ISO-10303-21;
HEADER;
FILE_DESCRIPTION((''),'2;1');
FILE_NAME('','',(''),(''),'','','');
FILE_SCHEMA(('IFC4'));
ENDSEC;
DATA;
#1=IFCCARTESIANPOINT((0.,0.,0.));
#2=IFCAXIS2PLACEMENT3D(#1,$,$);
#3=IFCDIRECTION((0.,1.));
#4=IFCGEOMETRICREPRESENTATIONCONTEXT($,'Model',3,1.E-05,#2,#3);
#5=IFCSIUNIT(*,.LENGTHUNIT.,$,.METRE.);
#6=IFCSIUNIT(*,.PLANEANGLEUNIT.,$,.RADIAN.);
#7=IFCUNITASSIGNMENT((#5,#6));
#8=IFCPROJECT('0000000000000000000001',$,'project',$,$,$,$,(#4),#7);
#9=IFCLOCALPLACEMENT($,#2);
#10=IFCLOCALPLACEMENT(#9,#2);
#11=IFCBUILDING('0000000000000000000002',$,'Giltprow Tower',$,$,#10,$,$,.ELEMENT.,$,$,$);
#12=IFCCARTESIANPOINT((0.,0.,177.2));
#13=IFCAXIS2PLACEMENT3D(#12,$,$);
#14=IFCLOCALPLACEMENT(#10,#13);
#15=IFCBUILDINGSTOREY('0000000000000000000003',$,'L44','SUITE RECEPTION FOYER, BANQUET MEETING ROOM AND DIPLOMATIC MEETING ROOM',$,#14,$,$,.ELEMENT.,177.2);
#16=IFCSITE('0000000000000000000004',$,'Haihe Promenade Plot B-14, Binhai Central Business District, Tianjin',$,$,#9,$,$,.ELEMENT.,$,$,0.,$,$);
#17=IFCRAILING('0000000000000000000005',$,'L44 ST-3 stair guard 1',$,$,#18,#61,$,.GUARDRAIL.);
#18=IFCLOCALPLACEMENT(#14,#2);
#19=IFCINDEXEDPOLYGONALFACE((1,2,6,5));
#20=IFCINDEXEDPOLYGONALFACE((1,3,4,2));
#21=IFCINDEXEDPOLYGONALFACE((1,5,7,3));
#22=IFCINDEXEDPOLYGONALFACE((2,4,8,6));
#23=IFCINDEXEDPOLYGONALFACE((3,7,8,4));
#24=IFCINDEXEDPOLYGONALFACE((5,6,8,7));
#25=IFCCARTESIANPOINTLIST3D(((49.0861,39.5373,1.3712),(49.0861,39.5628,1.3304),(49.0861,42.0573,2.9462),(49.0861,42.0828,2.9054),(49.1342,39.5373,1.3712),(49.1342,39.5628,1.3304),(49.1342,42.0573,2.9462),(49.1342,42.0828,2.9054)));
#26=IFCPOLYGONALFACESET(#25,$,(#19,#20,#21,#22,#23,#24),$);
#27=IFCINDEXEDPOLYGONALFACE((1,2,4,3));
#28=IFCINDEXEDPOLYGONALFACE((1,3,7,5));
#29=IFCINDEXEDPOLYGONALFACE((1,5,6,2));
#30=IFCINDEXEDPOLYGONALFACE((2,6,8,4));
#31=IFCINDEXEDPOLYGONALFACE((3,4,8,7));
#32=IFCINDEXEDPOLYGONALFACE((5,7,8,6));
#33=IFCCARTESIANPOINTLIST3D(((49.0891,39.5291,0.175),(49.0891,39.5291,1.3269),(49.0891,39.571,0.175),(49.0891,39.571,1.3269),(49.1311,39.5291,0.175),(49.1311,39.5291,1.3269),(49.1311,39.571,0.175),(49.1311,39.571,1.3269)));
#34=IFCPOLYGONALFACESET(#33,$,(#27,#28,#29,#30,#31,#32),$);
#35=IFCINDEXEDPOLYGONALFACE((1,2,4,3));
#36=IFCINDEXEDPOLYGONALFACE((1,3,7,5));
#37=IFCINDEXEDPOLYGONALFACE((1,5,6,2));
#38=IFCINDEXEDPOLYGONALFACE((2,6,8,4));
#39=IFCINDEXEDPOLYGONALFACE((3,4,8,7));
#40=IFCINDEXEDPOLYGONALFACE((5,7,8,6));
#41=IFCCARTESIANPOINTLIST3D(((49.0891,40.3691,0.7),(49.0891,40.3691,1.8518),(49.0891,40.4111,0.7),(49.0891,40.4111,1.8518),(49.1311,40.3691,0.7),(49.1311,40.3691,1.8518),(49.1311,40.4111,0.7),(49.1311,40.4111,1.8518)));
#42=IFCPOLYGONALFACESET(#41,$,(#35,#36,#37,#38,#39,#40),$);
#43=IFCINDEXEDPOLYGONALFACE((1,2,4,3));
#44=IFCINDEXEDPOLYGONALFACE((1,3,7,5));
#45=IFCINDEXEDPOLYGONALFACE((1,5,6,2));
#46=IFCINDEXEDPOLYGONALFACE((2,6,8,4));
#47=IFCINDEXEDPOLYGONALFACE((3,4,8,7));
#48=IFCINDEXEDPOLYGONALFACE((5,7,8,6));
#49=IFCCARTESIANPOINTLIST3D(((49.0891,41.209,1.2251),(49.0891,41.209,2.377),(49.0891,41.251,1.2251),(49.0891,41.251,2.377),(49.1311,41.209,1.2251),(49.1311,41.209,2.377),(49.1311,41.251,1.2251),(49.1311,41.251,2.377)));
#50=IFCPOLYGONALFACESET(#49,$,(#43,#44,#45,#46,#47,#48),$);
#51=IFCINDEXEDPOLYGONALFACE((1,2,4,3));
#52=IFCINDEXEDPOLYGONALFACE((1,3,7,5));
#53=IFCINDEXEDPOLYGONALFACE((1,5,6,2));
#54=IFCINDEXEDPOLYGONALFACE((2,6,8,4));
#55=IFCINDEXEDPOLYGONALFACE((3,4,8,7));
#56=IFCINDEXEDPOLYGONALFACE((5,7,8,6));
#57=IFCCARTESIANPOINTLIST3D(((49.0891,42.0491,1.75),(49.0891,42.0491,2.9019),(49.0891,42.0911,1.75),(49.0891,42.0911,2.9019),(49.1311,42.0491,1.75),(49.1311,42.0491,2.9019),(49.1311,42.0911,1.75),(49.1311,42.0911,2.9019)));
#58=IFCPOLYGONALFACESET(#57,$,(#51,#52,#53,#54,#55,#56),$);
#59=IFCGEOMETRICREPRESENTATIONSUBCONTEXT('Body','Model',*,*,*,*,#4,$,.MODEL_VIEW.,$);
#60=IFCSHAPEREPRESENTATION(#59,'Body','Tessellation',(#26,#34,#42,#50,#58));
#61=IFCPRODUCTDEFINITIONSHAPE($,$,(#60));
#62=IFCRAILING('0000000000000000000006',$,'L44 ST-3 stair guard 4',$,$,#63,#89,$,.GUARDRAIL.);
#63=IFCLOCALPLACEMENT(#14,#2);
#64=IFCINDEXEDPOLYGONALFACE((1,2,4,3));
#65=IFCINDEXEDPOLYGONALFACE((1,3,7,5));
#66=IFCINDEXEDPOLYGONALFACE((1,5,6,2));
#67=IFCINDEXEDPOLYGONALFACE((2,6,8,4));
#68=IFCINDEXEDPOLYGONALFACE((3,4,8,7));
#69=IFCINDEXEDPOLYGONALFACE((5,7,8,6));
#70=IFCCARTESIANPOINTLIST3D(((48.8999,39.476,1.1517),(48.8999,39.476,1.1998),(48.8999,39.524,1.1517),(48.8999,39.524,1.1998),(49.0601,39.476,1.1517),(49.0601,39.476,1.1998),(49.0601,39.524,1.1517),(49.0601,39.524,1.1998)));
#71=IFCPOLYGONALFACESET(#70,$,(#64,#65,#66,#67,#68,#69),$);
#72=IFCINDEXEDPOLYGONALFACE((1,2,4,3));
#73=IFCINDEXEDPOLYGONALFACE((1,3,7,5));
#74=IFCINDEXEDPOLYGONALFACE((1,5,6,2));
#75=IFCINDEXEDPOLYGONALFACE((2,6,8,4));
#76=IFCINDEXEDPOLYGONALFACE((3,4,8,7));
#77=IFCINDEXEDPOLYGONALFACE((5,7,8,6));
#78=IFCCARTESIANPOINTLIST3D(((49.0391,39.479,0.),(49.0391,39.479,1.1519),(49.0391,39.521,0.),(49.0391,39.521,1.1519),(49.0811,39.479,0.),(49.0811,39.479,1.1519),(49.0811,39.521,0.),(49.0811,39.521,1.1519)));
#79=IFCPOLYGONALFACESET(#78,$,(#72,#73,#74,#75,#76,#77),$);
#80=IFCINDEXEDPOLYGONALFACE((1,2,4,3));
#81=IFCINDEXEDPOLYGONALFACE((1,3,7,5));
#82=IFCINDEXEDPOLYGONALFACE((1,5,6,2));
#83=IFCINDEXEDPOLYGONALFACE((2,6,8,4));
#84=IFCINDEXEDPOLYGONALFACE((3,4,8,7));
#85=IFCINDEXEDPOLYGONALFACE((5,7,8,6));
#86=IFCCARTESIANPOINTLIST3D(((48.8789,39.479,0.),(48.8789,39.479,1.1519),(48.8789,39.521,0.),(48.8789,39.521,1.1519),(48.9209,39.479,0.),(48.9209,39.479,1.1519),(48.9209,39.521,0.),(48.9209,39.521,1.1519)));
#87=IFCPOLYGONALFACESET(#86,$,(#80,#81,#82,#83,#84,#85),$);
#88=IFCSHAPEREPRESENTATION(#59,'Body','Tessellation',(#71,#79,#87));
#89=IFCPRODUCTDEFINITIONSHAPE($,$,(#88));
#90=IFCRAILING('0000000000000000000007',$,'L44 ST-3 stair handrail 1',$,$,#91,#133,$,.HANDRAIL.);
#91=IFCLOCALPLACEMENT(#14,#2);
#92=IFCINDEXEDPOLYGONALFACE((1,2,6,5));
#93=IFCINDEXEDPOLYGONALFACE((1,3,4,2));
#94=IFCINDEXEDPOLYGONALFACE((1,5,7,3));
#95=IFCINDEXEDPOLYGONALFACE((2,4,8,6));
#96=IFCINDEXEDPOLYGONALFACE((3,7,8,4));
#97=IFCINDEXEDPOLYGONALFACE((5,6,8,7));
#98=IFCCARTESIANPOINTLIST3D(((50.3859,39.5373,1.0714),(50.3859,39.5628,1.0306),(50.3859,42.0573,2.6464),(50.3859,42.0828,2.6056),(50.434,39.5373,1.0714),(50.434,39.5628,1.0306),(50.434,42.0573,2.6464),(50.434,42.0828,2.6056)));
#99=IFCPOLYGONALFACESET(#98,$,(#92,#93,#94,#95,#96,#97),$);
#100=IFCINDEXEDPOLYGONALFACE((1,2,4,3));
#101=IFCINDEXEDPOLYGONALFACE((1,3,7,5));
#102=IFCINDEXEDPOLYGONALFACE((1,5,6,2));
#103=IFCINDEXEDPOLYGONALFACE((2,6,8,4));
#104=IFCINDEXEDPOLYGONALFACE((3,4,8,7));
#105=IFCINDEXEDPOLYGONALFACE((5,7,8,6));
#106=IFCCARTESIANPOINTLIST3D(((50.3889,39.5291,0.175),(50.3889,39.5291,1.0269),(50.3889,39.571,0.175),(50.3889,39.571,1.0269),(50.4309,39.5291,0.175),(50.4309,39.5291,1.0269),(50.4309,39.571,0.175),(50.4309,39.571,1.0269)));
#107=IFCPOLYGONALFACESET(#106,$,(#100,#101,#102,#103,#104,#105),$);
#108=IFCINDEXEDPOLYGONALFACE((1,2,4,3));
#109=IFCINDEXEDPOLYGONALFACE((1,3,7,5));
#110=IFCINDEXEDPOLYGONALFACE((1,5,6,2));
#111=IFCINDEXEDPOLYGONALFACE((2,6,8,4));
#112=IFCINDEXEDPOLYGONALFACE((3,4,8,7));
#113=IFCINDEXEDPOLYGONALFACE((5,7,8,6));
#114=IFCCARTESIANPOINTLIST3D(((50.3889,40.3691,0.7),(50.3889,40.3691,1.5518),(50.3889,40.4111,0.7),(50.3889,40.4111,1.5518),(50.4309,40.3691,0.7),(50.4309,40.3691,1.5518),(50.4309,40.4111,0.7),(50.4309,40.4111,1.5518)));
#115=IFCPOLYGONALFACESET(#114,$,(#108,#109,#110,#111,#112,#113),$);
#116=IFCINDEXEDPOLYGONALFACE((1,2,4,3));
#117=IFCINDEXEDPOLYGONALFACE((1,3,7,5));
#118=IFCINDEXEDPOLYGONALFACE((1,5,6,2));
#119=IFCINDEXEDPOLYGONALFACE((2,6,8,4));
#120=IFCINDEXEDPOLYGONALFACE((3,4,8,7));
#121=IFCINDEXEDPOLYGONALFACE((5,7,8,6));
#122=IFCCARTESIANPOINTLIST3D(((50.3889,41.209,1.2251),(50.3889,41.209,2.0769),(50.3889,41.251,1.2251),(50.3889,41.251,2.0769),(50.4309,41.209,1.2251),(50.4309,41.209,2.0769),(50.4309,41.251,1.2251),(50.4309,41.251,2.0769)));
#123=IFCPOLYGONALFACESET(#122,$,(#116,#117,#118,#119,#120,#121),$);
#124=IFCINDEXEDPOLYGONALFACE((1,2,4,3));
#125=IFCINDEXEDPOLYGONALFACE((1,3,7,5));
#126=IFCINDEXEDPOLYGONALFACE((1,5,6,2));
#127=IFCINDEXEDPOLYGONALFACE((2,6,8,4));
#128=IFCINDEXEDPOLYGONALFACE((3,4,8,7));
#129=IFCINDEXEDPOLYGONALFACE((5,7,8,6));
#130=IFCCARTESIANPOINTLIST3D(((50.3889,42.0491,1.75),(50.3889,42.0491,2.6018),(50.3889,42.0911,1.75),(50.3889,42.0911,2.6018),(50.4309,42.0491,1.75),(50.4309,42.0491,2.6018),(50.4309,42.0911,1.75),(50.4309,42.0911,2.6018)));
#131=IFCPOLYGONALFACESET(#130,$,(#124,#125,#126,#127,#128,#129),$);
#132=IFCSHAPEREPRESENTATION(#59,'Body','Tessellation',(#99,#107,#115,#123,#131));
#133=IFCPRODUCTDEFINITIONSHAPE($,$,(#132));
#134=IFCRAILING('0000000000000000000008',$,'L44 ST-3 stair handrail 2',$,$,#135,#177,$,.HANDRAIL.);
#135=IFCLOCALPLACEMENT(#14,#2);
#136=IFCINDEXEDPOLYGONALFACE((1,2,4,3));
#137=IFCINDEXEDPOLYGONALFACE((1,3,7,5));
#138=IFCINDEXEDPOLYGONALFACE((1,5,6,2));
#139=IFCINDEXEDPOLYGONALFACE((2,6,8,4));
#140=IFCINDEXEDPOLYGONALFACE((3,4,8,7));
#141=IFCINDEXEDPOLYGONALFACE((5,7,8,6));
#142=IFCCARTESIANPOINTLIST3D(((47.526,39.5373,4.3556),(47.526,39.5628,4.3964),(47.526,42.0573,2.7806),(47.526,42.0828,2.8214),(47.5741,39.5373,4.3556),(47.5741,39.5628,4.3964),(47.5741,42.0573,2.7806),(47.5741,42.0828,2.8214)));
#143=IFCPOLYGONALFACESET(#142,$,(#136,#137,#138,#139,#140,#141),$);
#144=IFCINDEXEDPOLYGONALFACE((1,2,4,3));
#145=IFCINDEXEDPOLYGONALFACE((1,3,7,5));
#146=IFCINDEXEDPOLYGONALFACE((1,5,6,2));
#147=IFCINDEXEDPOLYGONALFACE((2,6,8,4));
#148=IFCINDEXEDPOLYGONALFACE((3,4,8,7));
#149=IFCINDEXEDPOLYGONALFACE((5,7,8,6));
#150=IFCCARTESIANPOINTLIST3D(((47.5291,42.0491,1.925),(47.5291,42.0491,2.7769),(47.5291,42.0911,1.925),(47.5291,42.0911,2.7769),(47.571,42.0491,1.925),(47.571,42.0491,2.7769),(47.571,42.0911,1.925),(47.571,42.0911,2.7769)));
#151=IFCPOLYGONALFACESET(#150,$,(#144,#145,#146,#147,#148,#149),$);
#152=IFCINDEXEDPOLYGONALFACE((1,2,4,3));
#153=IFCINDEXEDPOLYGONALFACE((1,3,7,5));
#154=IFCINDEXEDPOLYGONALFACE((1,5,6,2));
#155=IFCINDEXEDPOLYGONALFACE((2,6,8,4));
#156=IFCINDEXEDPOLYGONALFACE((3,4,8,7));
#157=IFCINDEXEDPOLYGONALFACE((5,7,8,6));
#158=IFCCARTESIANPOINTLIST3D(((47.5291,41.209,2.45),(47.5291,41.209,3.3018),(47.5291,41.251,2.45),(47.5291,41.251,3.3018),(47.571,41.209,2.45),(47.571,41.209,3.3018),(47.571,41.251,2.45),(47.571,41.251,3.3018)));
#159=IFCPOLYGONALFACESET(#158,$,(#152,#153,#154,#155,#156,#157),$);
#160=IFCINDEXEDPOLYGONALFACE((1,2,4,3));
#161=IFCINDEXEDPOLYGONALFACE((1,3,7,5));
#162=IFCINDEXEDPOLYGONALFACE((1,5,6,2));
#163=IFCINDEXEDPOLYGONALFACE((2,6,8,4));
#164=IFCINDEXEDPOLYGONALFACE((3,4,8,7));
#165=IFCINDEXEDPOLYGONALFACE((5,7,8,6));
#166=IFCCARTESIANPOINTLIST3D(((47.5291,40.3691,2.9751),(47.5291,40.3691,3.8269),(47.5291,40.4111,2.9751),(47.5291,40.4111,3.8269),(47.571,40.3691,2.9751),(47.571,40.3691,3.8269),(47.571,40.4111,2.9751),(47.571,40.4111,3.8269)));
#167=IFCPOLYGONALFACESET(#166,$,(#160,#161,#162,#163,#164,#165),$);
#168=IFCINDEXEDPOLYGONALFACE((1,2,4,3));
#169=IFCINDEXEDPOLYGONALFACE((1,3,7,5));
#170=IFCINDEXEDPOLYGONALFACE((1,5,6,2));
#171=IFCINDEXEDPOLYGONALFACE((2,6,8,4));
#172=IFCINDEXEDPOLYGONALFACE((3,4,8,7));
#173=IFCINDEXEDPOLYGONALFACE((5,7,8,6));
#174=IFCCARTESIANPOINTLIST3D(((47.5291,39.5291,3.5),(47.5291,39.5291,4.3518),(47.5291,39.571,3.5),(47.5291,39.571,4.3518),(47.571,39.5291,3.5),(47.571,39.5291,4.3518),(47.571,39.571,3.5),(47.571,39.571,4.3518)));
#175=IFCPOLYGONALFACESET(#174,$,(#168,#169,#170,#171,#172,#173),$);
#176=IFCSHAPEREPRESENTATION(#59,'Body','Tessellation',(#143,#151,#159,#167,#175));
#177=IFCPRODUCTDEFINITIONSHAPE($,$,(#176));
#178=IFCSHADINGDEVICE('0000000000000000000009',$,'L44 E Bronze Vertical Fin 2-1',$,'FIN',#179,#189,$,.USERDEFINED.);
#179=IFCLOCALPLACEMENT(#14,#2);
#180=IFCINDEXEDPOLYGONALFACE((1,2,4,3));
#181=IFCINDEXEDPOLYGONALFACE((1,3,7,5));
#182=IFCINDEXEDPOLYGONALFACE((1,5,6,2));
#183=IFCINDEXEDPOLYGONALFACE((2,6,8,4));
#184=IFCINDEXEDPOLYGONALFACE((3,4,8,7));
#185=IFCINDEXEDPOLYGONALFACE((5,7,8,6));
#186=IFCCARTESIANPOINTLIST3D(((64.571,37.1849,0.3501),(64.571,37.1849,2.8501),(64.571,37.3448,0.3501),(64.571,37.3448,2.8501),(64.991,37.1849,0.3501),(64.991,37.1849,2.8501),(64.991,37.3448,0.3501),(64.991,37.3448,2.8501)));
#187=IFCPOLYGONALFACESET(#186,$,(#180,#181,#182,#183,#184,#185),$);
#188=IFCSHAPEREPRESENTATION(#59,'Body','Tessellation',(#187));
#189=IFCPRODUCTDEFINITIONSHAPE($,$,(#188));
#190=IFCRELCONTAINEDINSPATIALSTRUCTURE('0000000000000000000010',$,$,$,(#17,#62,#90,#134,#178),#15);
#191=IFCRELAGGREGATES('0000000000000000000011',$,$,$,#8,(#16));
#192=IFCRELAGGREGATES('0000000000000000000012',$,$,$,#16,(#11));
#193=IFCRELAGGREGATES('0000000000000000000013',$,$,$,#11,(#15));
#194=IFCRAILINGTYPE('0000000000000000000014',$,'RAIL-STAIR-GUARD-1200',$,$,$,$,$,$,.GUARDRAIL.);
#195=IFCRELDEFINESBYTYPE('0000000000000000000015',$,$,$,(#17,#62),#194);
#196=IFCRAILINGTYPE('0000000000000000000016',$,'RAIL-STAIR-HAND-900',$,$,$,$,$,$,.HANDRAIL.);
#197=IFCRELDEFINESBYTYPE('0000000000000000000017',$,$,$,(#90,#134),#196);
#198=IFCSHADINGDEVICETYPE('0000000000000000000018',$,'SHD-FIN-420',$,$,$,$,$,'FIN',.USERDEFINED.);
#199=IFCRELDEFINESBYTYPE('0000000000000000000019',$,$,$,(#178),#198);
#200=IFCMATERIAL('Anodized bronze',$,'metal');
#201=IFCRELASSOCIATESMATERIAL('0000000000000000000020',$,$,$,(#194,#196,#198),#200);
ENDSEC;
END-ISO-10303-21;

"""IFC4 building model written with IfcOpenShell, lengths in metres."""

from ifc_helpers import new_model, si_unit, direction, frame, origin, origin_2d, place, context, subcontext, project, spatial, rectangle, extrude, source, transform, mapped, material, type_object, element, save


model = new_model("IFC4")

# Units and contexts
model_context = context("Model", 3, precision=1e-05, world=origin(), true_north=direction((0.0, 1.0)))
body_context = subcontext(model_context, "Body", "Model", "MODEL_VIEW")
ifc_project = project(units=[si_unit("LENGTHUNIT", "METRE"), si_unit("PLANEANGLEUNIT", "RADIAN")], contexts=[model_context])

# Site, building, storey
site_placement = place(None, origin())
site = spatial("IfcSite", under=ifc_project, at=site_placement, Name="Haihe Promenade Plot B-14, Binhai Central Business District, Tianjin", CompositionType="ELEMENT", RefElevation=0.0)
building_placement = place(site_placement, origin())
building = spatial("IfcBuilding", under=site, at=building_placement, Name="Giltprow Tower", CompositionType="ELEMENT")
storey_placement = place(building_placement, frame((0.0, 0.0, 177.2)))
storey = spatial("IfcBuildingStorey", under=building, at=storey_placement, Name="L44", Description="SUITE RECEPTION FOYER, BANQUET MEETING ROOM AND DIPLOMATIC MEETING ROOM", CompositionType="ELEMENT", Elevation=177.2)

# Railings
ifc_material_1 = material(Name="Anodized bronze", Category="metal")
railing_type_1 = type_object("IfcRailingType", Name="RAIL-STAIR-GUARD-1200", PredefinedType="GUARDRAIL", material=ifc_material_1)
railing_1_placement = place(storey_placement, frame((49.1101, 39.55, 0.175)))
element("IfcRailing", 1, at=railing_1_placement, inside=storey, type_object=railing_type_1, Name="L44 ST-3 stair guard 1", PredefinedType="GUARDRAIL", context=body_context, shape_type="SweptSolid", body=[
    extrude(rectangle(XDim=0.0481, YDim=0.0481, at=origin_2d()), frame((0.0, 0.0, 1.1758), z_axis=(0.0, 0.848008, 0.529984), x_axis=(-1.0, 0.0, 0.0)), (0.0, 0.0, 1.0), 2.9717),
    extrude(rectangle(XDim=0.042, YDim=0.042, at=origin_2d()), origin(), (0.0, 0.0, 1.0), 1.1519),
    extrude(rectangle(XDim=0.042, YDim=0.042, at=origin_2d()), frame((0.0, 0.8401, 0.5249)), (0.0, 0.0, 1.0), 1.1519),
    extrude(rectangle(XDim=0.042, YDim=0.042, at=origin_2d()), frame((0.0, 1.6799, 1.05)), (0.0, 0.0, 1.0), 1.1519),
    extrude(rectangle(XDim=0.042, YDim=0.042, at=origin_2d()), frame((0.0, 2.52, 1.575)), (0.0, 0.0, 1.0), 1.1519),
])
railing_2_placement = place(storey_placement, frame((49.0601, 39.5, 0.0)))
element("IfcRailing", 2, at=railing_2_placement, inside=storey, type_object=railing_type_1, Name="L44 ST-3 stair guard 4", PredefinedType="GUARDRAIL", context=body_context, shape_type="SweptSolid", body=[
    extrude(rectangle(XDim=0.0481, YDim=0.0481, at=origin_2d()), frame((0.0, 0.0, 1.1758), z_axis=(-1.0, 0.0, 0.0), x_axis=(0.0, -1.0, 0.0)), (0.0, 0.0, 1.0), 0.1602),
    extrude(rectangle(XDim=0.042, YDim=0.042, at=origin_2d()), origin(), (0.0, 0.0, 1.0), 1.1519),
    extrude(rectangle(XDim=0.042, YDim=0.042, at=origin_2d()), frame((-0.1602, 0.0, 0.0)), (0.0, 0.0, 1.0), 1.1519),
])
railing_type_2 = type_object("IfcRailingType", Name="RAIL-STAIR-HAND-900", PredefinedType="HANDRAIL", material=ifc_material_1)
railing_3_placement = place(storey_placement, frame((50.4099, 39.55, 0.175)))
element("IfcRailing", 3, at=railing_3_placement, inside=storey, type_object=railing_type_2, Name="L44 ST-3 stair handrail 1", PredefinedType="HANDRAIL", context=body_context, shape_type="SweptSolid", body=[
    extrude(rectangle(XDim=0.0481, YDim=0.0481, at=origin_2d()), frame((0.0, 0.0, 0.876), z_axis=(0.0, 0.848008, 0.529984), x_axis=(-1.0, 0.0, 0.0)), (0.0, 0.0, 1.0), 2.9717),
    extrude(rectangle(XDim=0.042, YDim=0.042, at=origin_2d()), origin(), (0.0, 0.0, 1.0), 0.8518),
    extrude(rectangle(XDim=0.042, YDim=0.042, at=origin_2d()), frame((0.0, 0.8401, 0.5249)), (0.0, 0.0, 1.0), 0.8518),
    extrude(rectangle(XDim=0.042, YDim=0.042, at=origin_2d()), frame((0.0, 1.6799, 1.05)), (0.0, 0.0, 1.0), 0.8518),
    extrude(rectangle(XDim=0.042, YDim=0.042, at=origin_2d()), frame((0.0, 2.52, 1.575)), (0.0, 0.0, 1.0), 0.8518),
])
railing_4_placement = place(storey_placement, frame((47.55, 42.0701, 1.925)))
element("IfcRailing", 4, at=railing_4_placement, inside=storey, type_object=railing_type_2, Name="L44 ST-3 stair handrail 2", PredefinedType="HANDRAIL", context=body_context, shape_type="SweptSolid", body=[
    extrude(rectangle(XDim=0.0481, YDim=0.0481, at=origin_2d()), frame((0.0, 0.0, 0.876), z_axis=(0.0, -0.848008, 0.529984), x_axis=(1.0, 0.0, 0.0)), (0.0, 0.0, 1.0), 2.9717),
    extrude(rectangle(XDim=0.042, YDim=0.042, at=origin_2d()), origin(), (0.0, 0.0, 1.0), 0.8518),
    extrude(rectangle(XDim=0.042, YDim=0.042, at=origin_2d()), frame((0.0, -0.8401, 0.5249)), (0.0, 0.0, 1.0), 0.8518),
    extrude(rectangle(XDim=0.042, YDim=0.042, at=origin_2d()), frame((0.0, -1.6799, 1.05)), (0.0, 0.0, 1.0), 0.8518),
    extrude(rectangle(XDim=0.042, YDim=0.042, at=origin_2d()), frame((0.0, -2.52, 1.575)), (0.0, 0.0, 1.0), 0.8518),
])

# Shading device
shading_device_type = type_object("IfcShadingDeviceType", Name="SHD-FIN-420", ElementType="FIN", PredefinedType="USERDEFINED", material=ifc_material_1)
shared_shape_1 = source(origin(), body_context, "Body", "SweptSolid", [
    extrude(rectangle(XDim=0.4199, YDim=0.1599, at=origin_2d()), origin(), (0.0, 0.0, 1.0), 2.5),
])
shading_device_placement = place(storey_placement, frame((64.781, 37.2649, 0.3501), z_axis=(0.0, 0.0, 1.0), x_axis=(1.0, 0.0, 0.0)))
element("IfcShadingDevice", 5, at=shading_device_placement, inside=storey, type_object=shading_device_type, Name="L44 E Bronze Vertical Fin 2-1", ObjectType="FIN", PredefinedType="USERDEFINED", context=body_context, shape_type="MappedRepresentation", body=[
    mapped(shared_shape_1, transform((0.0, 0.0, 0.0), x_axis=(1.0, 0.0, 0.0), y_axis=(0.0, 1.0, 0.0), z_axis=(0.0, 0.0, 1.0), scale=1.0)),
])

save(model, "model.ifc")
